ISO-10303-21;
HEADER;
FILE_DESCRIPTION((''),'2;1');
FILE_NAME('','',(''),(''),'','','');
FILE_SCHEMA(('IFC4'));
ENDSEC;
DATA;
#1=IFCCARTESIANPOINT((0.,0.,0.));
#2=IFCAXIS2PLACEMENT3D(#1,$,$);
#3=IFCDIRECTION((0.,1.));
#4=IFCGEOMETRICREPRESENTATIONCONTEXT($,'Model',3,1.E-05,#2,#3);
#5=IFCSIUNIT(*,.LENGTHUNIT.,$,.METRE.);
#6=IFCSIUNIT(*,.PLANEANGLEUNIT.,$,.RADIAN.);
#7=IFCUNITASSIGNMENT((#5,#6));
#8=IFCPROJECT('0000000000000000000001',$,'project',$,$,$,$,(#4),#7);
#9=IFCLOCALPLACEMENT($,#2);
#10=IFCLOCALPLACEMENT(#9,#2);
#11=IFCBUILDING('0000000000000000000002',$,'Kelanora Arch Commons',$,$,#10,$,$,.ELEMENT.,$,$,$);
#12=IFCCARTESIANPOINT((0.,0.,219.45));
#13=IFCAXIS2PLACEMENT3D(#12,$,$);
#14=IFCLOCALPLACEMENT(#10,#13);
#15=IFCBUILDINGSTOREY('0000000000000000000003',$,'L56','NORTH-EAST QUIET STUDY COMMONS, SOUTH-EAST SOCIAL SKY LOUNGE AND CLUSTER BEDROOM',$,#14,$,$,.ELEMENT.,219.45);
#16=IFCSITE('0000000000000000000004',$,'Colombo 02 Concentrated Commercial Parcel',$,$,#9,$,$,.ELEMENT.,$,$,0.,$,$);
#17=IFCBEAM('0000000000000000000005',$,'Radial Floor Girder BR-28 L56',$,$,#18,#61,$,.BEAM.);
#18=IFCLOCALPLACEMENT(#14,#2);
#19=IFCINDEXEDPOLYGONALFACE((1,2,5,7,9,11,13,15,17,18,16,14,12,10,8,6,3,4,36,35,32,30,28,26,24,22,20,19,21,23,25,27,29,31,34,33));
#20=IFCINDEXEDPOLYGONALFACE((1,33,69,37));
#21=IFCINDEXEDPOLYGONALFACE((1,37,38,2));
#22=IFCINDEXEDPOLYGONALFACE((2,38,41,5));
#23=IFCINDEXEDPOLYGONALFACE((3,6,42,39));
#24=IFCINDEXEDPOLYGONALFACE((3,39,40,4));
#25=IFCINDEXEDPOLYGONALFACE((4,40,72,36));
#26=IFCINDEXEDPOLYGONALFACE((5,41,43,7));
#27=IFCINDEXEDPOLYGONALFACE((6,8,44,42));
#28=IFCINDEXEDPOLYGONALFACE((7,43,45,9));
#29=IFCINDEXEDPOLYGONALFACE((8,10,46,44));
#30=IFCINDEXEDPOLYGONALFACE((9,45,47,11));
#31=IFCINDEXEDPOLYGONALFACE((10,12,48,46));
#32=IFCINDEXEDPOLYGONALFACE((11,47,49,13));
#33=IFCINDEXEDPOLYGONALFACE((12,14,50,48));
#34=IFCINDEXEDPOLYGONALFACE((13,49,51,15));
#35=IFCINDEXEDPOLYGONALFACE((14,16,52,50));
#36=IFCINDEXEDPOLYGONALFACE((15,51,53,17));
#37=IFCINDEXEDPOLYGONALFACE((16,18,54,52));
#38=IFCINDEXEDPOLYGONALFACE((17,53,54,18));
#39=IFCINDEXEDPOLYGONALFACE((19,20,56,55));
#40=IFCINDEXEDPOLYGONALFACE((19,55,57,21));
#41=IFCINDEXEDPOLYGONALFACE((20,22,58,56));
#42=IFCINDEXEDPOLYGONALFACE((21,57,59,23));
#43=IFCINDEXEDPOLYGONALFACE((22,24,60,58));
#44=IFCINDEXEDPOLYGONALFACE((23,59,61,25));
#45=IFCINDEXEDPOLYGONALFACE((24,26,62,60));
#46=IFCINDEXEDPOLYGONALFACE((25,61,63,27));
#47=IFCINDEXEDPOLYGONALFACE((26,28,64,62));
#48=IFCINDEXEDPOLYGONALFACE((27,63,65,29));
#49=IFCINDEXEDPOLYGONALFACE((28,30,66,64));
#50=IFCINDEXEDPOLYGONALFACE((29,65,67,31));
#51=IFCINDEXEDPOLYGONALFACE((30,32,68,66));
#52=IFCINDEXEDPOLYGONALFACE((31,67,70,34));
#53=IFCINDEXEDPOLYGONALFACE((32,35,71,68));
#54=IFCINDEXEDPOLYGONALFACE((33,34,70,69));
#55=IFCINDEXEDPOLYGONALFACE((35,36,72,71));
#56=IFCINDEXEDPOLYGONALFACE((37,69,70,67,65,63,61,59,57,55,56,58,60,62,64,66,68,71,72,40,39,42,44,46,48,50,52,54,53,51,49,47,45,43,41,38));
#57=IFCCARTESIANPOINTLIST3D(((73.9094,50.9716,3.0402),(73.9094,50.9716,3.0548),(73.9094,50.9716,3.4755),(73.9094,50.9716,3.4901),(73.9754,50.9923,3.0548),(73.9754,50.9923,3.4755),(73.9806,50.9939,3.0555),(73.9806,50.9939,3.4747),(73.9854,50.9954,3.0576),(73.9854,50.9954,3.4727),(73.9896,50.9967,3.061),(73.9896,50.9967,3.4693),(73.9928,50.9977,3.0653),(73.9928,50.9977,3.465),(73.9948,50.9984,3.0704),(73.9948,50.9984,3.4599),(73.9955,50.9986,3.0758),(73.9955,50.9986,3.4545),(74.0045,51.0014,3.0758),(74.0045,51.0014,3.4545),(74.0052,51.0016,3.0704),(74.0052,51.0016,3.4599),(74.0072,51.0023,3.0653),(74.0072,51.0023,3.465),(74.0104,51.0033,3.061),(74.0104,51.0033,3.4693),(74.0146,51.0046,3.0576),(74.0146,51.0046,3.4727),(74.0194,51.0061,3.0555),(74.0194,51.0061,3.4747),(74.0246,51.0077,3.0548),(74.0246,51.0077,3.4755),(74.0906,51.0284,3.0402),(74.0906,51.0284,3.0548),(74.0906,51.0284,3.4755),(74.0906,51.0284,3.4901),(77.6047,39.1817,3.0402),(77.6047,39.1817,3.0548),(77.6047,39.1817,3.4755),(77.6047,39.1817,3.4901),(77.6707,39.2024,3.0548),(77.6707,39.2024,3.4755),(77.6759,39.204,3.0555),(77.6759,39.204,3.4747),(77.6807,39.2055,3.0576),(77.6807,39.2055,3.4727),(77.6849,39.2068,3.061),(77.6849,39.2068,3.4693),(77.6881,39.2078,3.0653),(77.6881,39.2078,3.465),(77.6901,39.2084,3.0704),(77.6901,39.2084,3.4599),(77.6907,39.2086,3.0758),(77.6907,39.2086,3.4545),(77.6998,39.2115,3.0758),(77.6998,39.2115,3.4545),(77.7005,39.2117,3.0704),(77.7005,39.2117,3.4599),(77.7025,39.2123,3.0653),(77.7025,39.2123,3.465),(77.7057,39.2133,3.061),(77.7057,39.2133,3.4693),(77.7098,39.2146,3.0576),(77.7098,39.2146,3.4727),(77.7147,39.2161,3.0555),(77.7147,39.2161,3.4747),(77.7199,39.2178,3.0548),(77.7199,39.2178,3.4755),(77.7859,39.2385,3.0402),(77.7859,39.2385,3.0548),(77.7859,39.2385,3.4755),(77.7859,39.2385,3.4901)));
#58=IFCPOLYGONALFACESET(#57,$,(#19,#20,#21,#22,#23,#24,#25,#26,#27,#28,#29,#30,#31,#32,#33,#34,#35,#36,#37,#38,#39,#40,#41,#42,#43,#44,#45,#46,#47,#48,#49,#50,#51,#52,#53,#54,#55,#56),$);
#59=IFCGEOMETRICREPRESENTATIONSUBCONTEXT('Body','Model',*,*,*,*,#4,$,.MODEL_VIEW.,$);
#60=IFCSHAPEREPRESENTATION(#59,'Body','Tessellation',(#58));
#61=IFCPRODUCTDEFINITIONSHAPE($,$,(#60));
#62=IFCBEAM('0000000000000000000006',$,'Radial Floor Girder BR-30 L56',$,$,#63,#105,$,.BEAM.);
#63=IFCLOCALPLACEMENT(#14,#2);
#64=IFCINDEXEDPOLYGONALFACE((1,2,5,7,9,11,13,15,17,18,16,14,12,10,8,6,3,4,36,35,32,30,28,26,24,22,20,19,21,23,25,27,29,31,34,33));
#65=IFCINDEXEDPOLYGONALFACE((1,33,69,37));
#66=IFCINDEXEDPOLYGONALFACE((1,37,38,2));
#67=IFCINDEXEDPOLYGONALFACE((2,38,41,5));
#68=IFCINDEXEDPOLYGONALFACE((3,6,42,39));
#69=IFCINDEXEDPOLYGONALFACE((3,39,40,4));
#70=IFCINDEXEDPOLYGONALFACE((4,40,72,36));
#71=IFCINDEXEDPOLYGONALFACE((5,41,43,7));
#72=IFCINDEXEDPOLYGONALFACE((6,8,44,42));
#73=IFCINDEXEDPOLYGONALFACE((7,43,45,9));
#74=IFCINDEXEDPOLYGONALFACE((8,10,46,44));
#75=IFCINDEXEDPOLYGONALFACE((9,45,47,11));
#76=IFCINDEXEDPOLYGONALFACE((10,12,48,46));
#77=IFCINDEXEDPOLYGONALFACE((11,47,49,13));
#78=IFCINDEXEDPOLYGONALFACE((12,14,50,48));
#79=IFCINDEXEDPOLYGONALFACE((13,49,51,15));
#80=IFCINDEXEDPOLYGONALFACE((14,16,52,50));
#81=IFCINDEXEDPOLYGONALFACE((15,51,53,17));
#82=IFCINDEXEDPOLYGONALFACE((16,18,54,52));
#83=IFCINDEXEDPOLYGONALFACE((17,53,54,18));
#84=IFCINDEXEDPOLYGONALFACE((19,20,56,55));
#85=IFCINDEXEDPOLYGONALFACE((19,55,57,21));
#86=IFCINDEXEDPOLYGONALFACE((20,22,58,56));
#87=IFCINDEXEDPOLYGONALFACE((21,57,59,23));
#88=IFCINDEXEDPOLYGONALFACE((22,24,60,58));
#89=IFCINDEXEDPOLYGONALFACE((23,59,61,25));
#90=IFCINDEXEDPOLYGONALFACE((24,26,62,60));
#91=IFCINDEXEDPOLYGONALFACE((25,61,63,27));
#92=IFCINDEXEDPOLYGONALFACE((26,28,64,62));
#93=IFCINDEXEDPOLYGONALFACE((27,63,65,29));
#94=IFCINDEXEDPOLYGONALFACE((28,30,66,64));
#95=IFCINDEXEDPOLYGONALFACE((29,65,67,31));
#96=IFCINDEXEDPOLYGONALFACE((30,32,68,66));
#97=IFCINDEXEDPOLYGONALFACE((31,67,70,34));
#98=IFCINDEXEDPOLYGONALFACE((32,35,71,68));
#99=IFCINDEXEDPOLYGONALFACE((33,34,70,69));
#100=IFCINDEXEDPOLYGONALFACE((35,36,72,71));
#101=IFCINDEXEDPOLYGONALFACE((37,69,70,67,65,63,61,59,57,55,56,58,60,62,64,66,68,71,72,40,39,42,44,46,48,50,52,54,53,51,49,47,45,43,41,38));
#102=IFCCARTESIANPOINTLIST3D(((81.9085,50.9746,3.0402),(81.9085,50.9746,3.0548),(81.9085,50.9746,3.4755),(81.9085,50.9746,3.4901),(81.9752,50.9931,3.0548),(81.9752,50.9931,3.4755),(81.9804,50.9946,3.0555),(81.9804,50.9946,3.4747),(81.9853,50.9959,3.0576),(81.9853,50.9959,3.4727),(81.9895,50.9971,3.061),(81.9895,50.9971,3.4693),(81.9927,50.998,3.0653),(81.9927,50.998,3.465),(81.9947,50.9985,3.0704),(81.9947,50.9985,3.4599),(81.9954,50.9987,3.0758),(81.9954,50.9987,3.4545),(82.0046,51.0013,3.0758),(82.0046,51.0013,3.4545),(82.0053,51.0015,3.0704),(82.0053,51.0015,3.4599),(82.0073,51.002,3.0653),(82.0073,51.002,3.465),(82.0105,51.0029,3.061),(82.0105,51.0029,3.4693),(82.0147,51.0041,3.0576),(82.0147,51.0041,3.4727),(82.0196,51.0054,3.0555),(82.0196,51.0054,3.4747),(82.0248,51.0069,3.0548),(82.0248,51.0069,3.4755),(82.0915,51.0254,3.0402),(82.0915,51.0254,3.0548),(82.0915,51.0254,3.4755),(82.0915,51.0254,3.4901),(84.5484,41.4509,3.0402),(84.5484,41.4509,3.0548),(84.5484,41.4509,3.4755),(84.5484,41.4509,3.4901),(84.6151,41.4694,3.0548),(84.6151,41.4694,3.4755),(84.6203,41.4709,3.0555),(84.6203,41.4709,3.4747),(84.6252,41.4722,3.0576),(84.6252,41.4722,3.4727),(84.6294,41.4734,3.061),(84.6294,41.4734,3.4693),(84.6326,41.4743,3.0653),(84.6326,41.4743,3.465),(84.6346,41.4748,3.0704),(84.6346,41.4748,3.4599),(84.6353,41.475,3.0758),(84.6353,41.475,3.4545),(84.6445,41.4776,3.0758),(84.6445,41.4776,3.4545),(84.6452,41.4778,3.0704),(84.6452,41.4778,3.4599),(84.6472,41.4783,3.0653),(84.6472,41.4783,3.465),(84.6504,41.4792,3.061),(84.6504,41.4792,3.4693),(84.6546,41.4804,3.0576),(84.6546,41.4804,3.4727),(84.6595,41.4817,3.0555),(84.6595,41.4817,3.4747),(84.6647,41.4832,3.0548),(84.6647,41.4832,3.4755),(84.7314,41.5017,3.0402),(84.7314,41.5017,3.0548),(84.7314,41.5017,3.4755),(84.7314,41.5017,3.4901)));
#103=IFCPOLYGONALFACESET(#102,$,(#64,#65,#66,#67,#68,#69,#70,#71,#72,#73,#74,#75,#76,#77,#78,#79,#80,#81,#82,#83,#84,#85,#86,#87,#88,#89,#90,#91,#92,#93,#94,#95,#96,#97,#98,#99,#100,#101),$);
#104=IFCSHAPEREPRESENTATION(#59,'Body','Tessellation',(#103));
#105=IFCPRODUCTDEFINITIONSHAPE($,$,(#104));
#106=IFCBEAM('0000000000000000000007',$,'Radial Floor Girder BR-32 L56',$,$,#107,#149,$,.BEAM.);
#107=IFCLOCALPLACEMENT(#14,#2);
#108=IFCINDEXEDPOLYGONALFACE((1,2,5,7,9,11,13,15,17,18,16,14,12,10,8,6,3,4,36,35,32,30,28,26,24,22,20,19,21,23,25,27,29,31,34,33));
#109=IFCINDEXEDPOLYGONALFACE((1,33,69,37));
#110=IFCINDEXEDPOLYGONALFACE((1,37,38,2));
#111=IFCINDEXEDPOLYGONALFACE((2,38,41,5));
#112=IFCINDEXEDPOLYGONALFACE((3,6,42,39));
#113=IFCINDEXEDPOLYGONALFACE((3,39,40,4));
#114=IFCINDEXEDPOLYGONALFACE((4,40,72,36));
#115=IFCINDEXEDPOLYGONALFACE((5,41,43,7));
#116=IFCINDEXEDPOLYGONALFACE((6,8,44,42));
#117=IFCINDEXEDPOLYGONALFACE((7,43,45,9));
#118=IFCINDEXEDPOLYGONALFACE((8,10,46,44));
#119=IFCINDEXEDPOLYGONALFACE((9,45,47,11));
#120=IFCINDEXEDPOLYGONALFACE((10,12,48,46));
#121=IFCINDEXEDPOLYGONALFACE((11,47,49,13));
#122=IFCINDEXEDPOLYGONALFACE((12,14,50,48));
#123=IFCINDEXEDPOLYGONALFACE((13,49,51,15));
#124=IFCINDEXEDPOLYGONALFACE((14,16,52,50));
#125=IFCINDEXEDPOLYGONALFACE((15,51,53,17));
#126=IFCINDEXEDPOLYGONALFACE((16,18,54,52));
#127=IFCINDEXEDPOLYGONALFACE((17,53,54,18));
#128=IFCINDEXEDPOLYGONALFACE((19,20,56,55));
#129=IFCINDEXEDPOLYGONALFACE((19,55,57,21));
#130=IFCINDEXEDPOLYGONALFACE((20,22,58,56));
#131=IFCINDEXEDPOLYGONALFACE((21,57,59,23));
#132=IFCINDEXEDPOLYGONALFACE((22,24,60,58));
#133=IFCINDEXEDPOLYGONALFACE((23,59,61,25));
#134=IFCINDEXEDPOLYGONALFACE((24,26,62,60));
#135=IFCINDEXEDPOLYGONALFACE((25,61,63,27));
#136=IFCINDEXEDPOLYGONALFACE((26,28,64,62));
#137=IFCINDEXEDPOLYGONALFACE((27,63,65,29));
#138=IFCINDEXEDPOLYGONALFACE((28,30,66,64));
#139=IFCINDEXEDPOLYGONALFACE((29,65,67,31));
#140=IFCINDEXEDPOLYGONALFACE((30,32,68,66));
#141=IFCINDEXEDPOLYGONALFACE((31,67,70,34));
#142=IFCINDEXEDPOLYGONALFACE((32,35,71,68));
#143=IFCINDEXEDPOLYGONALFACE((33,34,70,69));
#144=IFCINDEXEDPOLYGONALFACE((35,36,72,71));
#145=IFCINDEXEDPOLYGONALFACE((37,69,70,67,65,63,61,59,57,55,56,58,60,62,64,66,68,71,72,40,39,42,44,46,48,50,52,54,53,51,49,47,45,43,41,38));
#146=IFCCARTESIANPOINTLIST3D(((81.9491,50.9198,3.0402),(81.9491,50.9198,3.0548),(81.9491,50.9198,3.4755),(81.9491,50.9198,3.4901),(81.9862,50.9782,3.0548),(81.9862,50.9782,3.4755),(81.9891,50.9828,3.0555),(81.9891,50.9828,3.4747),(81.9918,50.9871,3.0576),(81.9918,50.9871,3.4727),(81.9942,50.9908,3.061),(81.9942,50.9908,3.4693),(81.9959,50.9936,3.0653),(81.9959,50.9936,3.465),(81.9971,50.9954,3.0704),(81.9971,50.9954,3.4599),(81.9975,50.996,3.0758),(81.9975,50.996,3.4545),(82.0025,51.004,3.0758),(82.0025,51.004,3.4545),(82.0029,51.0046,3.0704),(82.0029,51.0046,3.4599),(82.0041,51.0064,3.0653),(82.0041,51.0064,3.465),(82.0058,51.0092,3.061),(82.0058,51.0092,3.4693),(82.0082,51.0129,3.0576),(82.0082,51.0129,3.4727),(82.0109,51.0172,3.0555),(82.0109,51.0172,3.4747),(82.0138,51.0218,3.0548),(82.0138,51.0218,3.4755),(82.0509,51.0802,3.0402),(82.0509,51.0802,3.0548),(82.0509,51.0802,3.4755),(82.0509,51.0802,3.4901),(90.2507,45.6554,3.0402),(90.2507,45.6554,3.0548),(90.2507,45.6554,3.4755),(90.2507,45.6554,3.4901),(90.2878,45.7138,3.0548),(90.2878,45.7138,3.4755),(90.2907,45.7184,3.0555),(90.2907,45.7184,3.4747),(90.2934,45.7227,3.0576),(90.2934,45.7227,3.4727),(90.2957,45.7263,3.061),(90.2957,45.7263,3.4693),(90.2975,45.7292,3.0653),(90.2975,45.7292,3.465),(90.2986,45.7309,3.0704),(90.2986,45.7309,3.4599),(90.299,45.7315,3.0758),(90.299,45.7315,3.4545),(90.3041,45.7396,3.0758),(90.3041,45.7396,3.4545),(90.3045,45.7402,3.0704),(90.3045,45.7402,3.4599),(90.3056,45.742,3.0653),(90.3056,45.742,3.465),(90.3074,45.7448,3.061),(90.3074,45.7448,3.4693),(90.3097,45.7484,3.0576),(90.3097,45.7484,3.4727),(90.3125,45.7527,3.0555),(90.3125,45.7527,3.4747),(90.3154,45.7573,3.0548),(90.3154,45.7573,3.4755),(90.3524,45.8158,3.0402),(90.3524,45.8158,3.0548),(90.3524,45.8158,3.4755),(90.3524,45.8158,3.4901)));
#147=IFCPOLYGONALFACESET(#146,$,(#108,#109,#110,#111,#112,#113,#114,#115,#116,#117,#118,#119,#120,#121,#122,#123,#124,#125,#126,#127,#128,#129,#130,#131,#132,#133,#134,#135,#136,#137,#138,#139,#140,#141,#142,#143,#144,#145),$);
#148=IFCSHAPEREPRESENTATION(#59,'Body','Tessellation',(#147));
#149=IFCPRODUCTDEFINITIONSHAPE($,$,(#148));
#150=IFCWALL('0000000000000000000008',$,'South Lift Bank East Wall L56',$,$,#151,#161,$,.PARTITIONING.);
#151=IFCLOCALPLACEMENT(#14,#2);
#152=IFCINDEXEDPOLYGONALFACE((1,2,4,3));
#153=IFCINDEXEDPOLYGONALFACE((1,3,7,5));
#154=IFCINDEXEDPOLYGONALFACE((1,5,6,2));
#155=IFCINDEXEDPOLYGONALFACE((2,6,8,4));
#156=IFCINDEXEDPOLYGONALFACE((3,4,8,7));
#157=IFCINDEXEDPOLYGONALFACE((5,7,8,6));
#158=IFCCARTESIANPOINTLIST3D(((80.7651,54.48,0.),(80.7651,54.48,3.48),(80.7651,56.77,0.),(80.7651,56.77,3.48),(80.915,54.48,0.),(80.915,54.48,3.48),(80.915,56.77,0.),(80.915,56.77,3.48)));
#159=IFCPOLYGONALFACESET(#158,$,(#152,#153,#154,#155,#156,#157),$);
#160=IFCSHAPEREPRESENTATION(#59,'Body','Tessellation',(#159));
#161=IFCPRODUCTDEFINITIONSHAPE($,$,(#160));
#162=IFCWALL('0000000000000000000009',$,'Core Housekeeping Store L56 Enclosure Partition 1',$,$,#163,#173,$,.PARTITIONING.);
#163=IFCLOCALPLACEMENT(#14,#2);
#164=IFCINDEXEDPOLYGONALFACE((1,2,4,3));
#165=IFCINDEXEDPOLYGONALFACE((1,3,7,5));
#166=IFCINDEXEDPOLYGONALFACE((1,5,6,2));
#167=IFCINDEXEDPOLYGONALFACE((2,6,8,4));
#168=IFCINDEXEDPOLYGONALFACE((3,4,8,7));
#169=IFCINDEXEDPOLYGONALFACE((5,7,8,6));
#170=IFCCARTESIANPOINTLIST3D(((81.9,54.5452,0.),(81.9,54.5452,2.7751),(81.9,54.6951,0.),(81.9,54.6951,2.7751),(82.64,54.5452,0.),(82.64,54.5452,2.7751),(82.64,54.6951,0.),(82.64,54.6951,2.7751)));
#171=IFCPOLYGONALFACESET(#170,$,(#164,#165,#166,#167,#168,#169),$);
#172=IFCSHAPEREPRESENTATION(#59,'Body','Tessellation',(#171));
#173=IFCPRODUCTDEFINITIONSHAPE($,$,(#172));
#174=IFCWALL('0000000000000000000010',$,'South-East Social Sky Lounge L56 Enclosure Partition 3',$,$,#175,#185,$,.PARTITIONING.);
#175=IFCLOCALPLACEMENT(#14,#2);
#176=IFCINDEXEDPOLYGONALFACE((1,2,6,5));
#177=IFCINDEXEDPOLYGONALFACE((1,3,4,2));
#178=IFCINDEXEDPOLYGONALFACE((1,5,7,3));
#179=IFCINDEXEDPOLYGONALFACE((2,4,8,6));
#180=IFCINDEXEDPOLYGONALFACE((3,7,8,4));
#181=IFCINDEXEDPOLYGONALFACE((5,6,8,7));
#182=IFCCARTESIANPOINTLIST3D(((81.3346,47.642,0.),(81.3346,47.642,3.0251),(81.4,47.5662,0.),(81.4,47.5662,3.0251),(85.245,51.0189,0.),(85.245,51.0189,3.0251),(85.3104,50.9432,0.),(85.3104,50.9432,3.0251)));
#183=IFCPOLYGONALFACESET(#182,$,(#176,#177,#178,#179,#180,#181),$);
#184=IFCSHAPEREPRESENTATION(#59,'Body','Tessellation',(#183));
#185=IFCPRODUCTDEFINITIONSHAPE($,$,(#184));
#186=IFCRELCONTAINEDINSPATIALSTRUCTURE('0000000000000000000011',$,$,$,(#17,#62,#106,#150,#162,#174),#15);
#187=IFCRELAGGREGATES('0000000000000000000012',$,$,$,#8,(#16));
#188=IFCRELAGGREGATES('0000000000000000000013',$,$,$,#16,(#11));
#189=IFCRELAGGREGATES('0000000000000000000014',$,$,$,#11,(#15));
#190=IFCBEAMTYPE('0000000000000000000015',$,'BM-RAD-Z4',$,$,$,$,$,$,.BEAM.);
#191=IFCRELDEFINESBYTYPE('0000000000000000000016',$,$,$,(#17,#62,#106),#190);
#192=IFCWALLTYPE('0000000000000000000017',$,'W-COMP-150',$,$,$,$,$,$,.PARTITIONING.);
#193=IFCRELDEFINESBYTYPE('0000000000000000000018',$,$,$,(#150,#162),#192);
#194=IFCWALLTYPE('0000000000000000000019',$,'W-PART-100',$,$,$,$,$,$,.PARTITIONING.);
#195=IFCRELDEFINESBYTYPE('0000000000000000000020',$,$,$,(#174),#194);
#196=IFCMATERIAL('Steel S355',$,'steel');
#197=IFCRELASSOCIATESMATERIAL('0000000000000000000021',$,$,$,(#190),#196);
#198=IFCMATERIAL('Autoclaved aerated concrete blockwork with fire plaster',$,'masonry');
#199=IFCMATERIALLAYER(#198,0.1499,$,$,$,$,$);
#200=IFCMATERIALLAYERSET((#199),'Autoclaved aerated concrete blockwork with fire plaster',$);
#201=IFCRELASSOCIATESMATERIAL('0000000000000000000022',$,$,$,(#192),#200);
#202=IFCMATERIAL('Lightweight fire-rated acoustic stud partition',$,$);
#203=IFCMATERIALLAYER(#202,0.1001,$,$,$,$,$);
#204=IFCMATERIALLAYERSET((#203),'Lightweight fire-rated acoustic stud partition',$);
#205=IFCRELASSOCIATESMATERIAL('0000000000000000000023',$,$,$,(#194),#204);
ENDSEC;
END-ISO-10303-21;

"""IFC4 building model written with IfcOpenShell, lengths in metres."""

from ifc_helpers import new_model, si_unit, direction, frame, frame_2d, origin, origin_2d, place, context, subcontext, project, spatial, rectangle, i_section, extrude, material, layer, layer_set, material_profile, profile_set, type_object, element, save


model = new_model("IFC4")

# Units and contexts
model_context = context("Model", 3, precision=1e-05, world=origin(), true_north=direction((0.0, 1.0)))
body_context = subcontext(model_context, "Body", "Model", "MODEL_VIEW")
ifc_project = project(units=[si_unit("LENGTHUNIT", "METRE"), si_unit("PLANEANGLEUNIT", "RADIAN")], contexts=[model_context])

# Site, building, storey
site_placement = place(None, origin())
site = spatial("IfcSite", under=ifc_project, at=site_placement, Name="Colombo 02 Concentrated Commercial Parcel", CompositionType="ELEMENT", RefElevation=0.0)
building_placement = place(site_placement, origin())
building = spatial("IfcBuilding", under=site, at=building_placement, Name="Kelanora Arch Commons", CompositionType="ELEMENT")
storey_placement = place(building_placement, frame((0.0, 0.0, 219.45)))
storey = spatial("IfcBuildingStorey", under=building, at=storey_placement, Name="L56", Description="NORTH-EAST QUIET STUDY COMMONS, SOUTH-EAST SOCIAL SKY LOUNGE AND CLUSTER BEDROOM", CompositionType="ELEMENT", Elevation=219.45)

# Beams
ifc_material_1 = material(Name="Steel S355", Category="steel")
ifc_material_profile_1 = material_profile(ifc_material_1, i_section(OverallWidth=0.1899, OverallDepth=0.45, WebThickness=0.0095, FlangeThickness=0.0146, FilletRadius=0.021, at=origin_2d()), Name="IPE450")
ifc_profile_set_1 = profile_set([ifc_material_profile_1], Name="Steel S355")
beam_type_1 = type_object("IfcBeamType", Name="BM-RAD-Z4", PredefinedType="BEAM", material=ifc_profile_set_1)
for number, where, z_axis, x_axis, name in (
    (1, (74.0, 51.0, 3.2651), (0.29908, -0.954228, 0.0), (0.954228, 0.29908, 0.0), "Radial Floor Girder BR-28 L56"),
):
    element("IfcBeam", number, at=place(storey_placement, frame(where, z_axis=z_axis, x_axis=x_axis)), inside=storey, type_object=beam_type_1, Name=name, PredefinedType="BEAM", context=body_context, shape_type="SweptSolid", body=[
        extrude(i_section(OverallWidth=0.1899, OverallDepth=0.45, WebThickness=0.0095, FlangeThickness=0.0146, FilletRadius=0.021, at=origin_2d()), origin(), (0.0, 0.0, 1.0), 12.3555),
    ])
beam_1_placement = place(storey_placement, frame((82.0, 51.0, 3.2651), z_axis=(0.26712, -0.963663, 0.0), x_axis=(0.963663, 0.26712, 0.0)))
element("IfcBeam", 2, at=beam_1_placement, inside=storey, type_object=beam_type_1, Name="Radial Floor Girder BR-30 L56", PredefinedType="BEAM", context=body_context, shape_type="SweptSolid", body=[
    extrude(i_section(OverallWidth=0.1899, OverallDepth=0.45, WebThickness=0.0095, FlangeThickness=0.0146, FilletRadius=0.021, at=origin_2d()), origin(), (0.0, 0.0, 1.0), 9.8828),
])
beam_2_placement = place(storey_placement, frame((82.0, 51.0, 3.2651), z_axis=(0.844507, -0.535544, 0.0), x_axis=(0.535544, 0.844507, 0.0)))
element("IfcBeam", 3, at=beam_2_placement, inside=storey, type_object=beam_type_1, Name="Radial Floor Girder BR-32 L56", PredefinedType="BEAM", context=body_context, shape_type="SweptSolid", body=[
    extrude(i_section(OverallWidth=0.1899, OverallDepth=0.45, WebThickness=0.0095, FlangeThickness=0.0146, FilletRadius=0.021, at=origin_2d()), origin(), (0.0, 0.0, 1.0), 9.8301),
])

# Walls
ifc_material_2 = material(Name="Autoclaved aerated concrete blockwork with fire plaster", Category="masonry")
ifc_layer_1 = layer(ifc_material_2, 0.1499)
ifc_layer_set_1 = layer_set([ifc_layer_1], Name="Autoclaved aerated concrete blockwork with fire plaster")
wall_type_1 = type_object("IfcWallType", Name="W-COMP-150", PredefinedType="PARTITIONING", material=ifc_layer_set_1)
wall_1_placement = place(storey_placement, frame((80.8401, 54.48, 0.0), z_axis=(0.0, 0.0, 1.0), x_axis=(0.0, 1.0, 0.0)))
element("IfcWall", 4, at=wall_1_placement, inside=storey, type_object=wall_type_1, Name="South Lift Bank East Wall L56", PredefinedType="PARTITIONING", context=body_context, shape_type="SweptSolid", body=[
    extrude(rectangle(XDim=2.29, YDim=0.1499, at=frame_2d((1.145, 0.0))), origin(), (0.0, 0.0, 1.0), 3.48),
])
wall_2_placement = place(storey_placement, frame((81.8999, 54.6201, 0.0), z_axis=(0.0, 0.0, 1.0), x_axis=(1.0, 0.0, 0.0)))
element("IfcWall", 5, at=wall_2_placement, inside=storey, type_object=wall_type_1, Name="Core Housekeeping Store L56 Enclosure Partition 1", PredefinedType="PARTITIONING", context=body_context, shape_type="SweptSolid", body=[
    extrude(rectangle(XDim=0.74, YDim=0.1499, at=frame_2d((0.3701, 0.0))), origin(), (0.0, 0.0, 1.0), 2.7751),
])
ifc_material_3 = material(Name="Lightweight fire-rated acoustic stud partition")
ifc_layer_2 = layer(ifc_material_3, 0.1001)
ifc_layer_set_2 = layer_set([ifc_layer_2], Name="Lightweight fire-rated acoustic stud partition")
wall_type_2 = type_object("IfcWallType", Name="W-PART-100", PredefinedType="PARTITIONING", material=ifc_layer_set_2)
wall_3_placement = place(storey_placement, frame((81.3672, 47.604, 0.0), z_axis=(0.0, 0.0, 1.0), x_axis=(0.756843, 0.653596, 0.0)))
element("IfcWall", 6, at=wall_3_placement, inside=storey, type_object=wall_type_2, Name="South-East Social Sky Lounge L56 Enclosure Partition 3", PredefinedType="PARTITIONING", context=body_context, shape_type="SweptSolid", body=[
    extrude(rectangle(XDim=5.1667, YDim=0.1001, at=frame_2d((2.5835, 0.0))), origin(), (0.0, 0.0, 1.0), 3.0251),
])

save(model, "model.ifc")
